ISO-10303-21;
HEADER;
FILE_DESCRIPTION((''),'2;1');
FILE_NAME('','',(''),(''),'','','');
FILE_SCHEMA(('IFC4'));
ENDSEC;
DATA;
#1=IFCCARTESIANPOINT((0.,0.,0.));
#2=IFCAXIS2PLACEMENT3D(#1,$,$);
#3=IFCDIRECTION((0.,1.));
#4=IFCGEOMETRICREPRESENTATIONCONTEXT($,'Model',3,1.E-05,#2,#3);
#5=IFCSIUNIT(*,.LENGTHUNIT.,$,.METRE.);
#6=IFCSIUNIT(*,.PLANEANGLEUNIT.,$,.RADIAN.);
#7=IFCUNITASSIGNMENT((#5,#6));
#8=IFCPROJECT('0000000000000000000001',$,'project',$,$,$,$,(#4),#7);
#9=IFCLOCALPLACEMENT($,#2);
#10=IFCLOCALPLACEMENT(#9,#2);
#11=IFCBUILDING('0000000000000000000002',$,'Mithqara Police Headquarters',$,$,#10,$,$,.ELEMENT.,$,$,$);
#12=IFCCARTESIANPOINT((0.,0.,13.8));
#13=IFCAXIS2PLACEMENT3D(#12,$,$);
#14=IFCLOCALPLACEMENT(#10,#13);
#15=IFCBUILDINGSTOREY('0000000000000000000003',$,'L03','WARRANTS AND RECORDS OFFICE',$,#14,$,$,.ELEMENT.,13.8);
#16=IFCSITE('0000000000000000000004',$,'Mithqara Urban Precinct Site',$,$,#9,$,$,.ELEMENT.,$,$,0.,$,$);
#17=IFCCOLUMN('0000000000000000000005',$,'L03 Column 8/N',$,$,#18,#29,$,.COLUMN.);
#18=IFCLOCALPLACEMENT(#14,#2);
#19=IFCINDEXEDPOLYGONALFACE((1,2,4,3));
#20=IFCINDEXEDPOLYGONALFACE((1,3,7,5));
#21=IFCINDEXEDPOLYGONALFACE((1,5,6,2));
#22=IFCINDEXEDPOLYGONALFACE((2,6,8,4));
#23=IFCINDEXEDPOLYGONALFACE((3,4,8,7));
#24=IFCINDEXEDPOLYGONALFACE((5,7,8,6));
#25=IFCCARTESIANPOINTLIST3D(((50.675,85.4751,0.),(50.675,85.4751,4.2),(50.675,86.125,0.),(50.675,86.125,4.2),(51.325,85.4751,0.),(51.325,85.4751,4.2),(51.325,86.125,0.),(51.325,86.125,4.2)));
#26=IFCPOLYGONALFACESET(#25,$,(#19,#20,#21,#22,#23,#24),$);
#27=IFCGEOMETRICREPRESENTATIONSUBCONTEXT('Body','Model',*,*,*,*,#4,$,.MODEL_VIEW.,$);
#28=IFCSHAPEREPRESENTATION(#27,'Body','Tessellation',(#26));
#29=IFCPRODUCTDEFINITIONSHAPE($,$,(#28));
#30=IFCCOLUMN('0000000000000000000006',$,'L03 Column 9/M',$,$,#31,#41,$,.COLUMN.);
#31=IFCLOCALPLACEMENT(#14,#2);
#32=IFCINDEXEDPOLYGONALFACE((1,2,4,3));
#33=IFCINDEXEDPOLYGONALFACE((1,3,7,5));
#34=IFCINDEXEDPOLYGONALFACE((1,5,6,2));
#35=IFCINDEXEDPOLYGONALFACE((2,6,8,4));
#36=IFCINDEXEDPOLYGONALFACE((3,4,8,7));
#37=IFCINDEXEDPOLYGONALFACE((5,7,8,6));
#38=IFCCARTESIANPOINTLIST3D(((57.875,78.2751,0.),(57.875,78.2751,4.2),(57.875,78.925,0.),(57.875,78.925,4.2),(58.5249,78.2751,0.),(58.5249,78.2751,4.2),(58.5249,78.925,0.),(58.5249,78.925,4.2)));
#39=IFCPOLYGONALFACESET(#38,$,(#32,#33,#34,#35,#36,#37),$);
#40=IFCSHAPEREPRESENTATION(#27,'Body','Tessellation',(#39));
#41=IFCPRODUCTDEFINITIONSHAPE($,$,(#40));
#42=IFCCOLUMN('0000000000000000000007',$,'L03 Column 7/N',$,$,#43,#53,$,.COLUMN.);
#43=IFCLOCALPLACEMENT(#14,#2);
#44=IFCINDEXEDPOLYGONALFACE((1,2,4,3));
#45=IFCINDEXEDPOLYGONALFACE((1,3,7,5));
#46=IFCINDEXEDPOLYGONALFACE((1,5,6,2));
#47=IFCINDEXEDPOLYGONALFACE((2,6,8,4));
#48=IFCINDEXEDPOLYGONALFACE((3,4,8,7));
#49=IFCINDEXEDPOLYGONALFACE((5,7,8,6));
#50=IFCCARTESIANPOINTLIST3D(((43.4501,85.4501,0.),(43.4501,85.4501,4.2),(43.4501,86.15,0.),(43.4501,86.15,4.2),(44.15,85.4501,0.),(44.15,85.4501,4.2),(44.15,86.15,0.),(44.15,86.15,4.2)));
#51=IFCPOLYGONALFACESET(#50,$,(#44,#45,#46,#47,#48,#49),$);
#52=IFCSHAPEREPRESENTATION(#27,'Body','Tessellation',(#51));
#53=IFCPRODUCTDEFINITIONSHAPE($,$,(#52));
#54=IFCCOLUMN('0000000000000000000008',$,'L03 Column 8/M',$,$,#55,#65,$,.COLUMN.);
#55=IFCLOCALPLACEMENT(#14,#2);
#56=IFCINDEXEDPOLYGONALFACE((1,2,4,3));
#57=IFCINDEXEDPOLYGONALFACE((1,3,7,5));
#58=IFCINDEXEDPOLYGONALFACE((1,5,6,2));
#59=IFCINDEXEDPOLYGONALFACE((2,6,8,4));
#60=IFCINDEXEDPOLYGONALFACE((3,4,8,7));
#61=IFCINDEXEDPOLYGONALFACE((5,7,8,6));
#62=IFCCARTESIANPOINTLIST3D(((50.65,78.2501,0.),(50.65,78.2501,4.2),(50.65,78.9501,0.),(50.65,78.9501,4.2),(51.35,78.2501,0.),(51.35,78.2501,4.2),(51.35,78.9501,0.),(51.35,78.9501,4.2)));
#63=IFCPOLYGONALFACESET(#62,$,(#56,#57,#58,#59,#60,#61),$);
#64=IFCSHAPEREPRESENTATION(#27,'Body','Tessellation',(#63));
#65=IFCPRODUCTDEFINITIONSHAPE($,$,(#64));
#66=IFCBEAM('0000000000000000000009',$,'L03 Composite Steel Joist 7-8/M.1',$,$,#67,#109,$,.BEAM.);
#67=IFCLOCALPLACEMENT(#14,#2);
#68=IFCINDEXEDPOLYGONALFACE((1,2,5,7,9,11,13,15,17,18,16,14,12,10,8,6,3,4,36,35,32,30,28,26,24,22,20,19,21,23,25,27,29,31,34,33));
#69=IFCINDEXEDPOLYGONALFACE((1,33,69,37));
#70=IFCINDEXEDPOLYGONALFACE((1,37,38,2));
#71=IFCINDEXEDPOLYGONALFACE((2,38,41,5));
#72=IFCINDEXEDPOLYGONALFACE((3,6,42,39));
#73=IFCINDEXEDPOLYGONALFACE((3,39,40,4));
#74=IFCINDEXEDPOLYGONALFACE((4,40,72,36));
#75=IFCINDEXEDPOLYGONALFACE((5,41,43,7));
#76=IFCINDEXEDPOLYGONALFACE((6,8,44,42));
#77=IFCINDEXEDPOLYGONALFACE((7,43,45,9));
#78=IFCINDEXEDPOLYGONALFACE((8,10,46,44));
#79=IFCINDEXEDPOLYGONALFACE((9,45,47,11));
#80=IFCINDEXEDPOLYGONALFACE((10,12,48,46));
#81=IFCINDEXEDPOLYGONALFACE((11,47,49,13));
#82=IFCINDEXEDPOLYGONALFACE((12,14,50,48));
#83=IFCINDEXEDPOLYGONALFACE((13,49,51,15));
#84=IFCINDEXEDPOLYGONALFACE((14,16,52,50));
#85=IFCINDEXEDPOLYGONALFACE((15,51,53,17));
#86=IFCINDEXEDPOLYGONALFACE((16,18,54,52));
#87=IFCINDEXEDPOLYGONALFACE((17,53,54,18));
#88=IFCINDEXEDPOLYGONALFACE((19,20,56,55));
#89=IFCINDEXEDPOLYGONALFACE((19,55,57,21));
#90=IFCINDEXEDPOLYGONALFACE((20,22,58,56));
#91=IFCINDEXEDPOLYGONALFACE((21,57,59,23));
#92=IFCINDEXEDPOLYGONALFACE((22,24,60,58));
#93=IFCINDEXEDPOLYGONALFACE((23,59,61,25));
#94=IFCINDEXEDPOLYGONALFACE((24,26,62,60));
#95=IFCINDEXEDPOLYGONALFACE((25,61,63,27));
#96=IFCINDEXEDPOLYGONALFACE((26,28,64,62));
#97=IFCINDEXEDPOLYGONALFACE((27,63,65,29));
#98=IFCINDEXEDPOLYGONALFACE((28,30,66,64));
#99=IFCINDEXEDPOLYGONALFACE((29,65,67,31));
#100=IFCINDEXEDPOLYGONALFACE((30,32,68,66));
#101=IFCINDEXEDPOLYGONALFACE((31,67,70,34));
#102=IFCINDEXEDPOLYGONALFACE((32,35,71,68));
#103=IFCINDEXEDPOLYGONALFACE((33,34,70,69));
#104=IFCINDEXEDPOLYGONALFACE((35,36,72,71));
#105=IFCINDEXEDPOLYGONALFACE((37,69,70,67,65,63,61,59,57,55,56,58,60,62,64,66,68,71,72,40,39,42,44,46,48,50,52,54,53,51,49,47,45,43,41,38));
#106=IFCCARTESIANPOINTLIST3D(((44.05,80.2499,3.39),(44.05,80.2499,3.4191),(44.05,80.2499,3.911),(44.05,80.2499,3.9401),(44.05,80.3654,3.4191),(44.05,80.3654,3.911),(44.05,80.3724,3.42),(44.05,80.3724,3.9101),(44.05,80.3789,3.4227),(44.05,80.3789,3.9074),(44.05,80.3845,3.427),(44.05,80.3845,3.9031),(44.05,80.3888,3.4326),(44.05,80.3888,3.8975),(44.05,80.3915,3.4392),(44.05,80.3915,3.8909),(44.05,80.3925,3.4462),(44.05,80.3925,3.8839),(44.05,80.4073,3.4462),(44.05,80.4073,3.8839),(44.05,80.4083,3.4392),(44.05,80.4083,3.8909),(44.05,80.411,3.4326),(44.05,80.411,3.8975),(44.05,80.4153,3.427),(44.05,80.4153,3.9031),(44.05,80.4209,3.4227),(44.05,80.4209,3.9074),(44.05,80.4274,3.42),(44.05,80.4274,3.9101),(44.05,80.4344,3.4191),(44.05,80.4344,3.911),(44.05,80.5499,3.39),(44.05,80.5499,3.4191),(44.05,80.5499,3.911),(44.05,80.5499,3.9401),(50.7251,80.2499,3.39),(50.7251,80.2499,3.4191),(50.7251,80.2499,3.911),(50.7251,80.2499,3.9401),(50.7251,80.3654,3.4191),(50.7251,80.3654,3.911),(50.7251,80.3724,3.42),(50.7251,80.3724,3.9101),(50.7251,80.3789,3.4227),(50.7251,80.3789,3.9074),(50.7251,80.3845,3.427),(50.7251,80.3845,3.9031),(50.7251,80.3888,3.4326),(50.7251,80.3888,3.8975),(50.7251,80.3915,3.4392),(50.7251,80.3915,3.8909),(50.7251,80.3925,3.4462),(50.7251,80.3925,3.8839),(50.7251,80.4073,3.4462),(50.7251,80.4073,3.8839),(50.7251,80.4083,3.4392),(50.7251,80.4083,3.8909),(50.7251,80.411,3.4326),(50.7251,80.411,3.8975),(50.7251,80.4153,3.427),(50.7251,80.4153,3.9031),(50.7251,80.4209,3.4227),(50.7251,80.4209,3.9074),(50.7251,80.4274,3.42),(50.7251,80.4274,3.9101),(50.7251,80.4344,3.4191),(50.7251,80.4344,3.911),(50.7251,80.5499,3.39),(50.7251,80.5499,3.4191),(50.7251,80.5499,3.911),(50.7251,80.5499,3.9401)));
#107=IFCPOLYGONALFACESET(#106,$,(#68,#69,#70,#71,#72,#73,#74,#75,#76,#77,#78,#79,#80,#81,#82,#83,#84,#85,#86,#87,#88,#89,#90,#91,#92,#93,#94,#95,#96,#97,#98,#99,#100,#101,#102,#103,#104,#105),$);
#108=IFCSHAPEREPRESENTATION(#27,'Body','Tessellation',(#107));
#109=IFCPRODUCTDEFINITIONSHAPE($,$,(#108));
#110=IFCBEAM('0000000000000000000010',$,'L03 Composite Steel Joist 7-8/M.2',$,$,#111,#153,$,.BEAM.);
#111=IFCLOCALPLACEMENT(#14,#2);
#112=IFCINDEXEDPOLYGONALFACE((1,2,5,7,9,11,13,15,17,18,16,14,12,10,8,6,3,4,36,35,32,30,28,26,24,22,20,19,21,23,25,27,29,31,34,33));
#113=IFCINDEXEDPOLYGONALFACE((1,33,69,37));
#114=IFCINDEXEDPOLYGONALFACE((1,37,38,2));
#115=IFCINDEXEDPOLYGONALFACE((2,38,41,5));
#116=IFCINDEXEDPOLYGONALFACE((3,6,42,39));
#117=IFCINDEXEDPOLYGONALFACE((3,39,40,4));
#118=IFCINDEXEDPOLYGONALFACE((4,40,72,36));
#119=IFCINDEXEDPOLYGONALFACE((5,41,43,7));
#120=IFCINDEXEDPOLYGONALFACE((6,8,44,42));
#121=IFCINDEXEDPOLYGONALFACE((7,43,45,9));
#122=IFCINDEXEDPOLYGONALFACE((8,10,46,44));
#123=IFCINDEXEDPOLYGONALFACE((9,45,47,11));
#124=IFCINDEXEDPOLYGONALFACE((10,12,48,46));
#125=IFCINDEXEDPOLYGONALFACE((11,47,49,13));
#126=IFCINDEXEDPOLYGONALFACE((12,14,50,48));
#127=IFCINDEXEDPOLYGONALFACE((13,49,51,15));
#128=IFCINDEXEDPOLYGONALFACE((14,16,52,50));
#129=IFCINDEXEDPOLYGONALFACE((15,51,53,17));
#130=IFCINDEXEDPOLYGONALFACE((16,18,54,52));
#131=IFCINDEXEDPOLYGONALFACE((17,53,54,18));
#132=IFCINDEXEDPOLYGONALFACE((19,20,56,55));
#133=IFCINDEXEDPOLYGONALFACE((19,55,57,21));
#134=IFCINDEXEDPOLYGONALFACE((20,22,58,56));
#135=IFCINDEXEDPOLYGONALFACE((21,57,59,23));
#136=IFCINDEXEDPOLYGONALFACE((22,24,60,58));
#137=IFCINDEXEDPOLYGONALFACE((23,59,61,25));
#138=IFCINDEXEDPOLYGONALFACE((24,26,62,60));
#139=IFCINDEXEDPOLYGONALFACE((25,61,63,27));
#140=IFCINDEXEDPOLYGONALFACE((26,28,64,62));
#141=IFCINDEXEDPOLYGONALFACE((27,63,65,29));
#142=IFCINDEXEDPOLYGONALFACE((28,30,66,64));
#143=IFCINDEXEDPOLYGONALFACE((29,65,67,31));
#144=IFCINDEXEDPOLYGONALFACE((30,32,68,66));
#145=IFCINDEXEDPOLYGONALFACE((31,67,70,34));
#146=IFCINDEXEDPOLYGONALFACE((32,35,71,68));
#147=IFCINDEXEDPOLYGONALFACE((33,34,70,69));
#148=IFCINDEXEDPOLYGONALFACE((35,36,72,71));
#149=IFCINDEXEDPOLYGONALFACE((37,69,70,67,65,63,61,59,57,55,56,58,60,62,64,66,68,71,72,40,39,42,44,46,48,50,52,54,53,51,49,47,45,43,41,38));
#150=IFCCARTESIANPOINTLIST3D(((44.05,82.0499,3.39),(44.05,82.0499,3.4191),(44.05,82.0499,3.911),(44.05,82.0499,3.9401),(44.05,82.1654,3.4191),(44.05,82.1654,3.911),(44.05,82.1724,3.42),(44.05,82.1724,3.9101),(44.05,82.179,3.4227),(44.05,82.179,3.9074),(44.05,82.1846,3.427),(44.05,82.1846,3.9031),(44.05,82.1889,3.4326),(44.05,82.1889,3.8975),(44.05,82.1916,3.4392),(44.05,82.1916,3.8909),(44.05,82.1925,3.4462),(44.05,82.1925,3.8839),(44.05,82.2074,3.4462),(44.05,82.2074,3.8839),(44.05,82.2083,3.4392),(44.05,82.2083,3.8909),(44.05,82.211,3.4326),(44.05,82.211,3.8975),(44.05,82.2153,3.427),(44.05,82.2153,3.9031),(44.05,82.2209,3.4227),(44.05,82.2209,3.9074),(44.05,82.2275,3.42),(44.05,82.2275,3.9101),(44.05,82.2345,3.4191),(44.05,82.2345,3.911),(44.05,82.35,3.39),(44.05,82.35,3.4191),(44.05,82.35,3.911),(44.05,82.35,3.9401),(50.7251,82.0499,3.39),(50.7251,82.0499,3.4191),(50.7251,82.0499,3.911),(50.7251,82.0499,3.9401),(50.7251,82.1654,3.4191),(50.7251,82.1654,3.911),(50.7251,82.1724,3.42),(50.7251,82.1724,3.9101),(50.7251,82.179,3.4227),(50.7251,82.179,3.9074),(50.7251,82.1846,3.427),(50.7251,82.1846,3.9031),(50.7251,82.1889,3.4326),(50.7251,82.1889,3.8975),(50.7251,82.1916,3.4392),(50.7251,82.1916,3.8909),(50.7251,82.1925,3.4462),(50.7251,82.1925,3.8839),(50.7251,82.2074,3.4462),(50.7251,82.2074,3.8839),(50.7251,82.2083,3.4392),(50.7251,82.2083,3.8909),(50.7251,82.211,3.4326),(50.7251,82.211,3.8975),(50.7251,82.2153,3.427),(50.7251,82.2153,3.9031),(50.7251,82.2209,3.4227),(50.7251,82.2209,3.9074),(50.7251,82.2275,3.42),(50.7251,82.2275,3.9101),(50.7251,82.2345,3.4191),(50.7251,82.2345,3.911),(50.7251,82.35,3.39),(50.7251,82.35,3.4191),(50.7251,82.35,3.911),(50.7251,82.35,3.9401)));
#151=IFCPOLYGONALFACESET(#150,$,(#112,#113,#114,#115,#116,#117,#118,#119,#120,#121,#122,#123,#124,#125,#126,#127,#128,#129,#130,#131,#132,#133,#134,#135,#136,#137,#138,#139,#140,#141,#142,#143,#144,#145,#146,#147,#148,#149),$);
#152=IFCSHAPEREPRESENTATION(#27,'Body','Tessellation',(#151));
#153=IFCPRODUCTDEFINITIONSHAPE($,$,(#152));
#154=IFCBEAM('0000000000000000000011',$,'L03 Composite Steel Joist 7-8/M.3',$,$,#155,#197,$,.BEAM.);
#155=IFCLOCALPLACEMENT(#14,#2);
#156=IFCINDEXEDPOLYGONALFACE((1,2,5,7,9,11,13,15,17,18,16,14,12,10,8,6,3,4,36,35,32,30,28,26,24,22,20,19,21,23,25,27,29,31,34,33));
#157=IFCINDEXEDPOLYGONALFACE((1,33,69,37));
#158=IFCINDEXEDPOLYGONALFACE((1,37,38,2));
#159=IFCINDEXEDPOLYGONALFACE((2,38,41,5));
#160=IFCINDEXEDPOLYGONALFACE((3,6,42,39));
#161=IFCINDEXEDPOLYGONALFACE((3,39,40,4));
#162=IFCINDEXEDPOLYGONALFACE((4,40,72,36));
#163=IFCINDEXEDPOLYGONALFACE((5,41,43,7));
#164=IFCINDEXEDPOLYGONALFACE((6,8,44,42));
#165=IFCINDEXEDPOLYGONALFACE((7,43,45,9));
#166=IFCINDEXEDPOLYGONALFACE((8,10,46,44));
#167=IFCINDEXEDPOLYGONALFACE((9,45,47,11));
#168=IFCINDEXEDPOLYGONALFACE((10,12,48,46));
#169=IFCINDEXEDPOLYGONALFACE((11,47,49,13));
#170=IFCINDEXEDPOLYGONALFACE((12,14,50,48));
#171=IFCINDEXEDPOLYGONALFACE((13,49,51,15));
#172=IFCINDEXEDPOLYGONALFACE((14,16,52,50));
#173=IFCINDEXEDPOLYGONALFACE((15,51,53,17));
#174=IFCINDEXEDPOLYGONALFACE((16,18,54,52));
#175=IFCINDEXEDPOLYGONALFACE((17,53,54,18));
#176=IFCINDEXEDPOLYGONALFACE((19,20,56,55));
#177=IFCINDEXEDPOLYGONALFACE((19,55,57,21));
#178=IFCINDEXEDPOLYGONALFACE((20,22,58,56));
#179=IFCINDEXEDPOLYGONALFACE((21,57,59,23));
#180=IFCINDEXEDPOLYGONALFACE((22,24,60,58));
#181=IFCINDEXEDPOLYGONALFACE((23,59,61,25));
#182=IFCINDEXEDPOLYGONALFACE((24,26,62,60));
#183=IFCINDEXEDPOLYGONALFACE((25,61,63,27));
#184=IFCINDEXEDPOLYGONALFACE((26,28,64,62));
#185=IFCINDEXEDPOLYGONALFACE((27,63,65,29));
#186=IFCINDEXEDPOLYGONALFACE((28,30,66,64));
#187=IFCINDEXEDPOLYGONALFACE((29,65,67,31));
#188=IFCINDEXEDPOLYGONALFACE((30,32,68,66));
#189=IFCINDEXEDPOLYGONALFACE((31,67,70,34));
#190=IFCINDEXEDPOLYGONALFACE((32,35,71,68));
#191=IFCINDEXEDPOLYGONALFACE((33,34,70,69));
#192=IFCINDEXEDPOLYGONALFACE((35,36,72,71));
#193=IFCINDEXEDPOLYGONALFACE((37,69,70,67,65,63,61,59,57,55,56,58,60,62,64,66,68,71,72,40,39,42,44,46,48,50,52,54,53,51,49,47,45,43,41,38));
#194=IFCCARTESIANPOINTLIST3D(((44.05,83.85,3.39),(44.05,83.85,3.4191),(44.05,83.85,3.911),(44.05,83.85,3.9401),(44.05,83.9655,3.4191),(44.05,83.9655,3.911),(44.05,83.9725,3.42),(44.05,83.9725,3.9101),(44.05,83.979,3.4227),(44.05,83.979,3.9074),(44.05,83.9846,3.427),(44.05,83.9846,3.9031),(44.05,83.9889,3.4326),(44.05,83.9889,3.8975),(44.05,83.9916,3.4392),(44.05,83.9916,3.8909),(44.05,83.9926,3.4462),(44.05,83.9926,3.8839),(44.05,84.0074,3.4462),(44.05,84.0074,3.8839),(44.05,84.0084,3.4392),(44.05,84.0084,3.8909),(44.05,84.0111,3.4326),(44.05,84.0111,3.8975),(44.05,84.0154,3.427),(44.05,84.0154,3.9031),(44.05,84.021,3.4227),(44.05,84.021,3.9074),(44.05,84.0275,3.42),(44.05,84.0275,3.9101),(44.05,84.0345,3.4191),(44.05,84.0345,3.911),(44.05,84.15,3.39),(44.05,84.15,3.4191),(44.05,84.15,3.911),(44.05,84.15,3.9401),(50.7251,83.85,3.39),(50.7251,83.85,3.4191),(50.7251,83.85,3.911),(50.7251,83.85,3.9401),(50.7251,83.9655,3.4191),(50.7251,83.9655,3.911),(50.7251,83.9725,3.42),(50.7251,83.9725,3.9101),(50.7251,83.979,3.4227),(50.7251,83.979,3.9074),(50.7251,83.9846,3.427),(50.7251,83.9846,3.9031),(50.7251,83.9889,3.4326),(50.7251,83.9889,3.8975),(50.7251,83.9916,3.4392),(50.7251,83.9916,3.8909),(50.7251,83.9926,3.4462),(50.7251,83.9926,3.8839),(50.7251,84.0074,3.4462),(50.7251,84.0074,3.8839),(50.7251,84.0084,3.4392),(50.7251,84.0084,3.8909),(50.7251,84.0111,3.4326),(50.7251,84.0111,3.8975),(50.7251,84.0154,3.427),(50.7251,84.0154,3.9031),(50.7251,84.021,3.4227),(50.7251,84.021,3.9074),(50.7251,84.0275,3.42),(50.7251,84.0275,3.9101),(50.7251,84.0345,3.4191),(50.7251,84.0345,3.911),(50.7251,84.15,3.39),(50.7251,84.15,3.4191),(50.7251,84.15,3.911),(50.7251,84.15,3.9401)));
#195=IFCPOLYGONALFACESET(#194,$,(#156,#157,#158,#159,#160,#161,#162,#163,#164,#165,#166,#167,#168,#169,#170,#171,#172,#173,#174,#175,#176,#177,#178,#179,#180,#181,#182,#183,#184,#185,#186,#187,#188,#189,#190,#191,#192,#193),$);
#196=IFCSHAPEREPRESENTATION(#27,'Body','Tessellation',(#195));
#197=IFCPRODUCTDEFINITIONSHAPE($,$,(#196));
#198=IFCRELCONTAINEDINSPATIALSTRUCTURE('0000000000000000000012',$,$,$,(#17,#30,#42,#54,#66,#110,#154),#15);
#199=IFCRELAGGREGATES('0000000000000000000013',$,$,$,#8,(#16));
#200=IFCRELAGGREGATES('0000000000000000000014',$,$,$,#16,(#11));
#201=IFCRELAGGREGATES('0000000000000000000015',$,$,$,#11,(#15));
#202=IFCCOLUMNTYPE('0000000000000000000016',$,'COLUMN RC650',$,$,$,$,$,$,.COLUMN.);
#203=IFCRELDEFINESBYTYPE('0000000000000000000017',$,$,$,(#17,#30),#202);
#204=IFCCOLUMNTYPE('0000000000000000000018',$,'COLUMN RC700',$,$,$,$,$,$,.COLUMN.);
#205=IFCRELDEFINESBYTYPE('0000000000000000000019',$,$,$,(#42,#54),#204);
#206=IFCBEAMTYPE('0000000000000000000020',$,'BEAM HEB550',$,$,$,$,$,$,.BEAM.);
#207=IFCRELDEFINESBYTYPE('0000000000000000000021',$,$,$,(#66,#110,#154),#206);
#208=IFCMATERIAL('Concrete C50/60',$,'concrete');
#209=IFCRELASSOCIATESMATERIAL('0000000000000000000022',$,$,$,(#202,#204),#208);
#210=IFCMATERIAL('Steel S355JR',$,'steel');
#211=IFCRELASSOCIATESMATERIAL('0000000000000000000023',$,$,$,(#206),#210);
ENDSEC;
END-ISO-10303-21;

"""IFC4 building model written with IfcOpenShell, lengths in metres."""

from ifc_helpers import new_model, si_unit, direction, frame, origin, origin_2d, place, context, subcontext, project, spatial, rectangle, i_section, extrude, material, material_profile, profile_set, type_object, element, save


model = new_model("IFC4")

# Units and contexts
model_context = context("Model", 3, precision=1e-05, world=origin(), true_north=direction((0.0, 1.0)))
body_context = subcontext(model_context, "Body", "Model", "MODEL_VIEW")
ifc_project = project(units=[si_unit("LENGTHUNIT", "METRE"), si_unit("PLANEANGLEUNIT", "RADIAN")], contexts=[model_context])

# Site, building, storey
site_placement = place(None, origin())
site = spatial("IfcSite", under=ifc_project, at=site_placement, Name="Mithqara Urban Precinct Site", CompositionType="ELEMENT", RefElevation=0.0)
building_placement = place(site_placement, origin())
building = spatial("IfcBuilding", under=site, at=building_placement, Name="Mithqara Police Headquarters", CompositionType="ELEMENT")
storey_placement = place(building_placement, frame((0.0, 0.0, 13.8)))
storey = spatial("IfcBuildingStorey", under=building, at=storey_placement, Name="L03", Description="WARRANTS AND RECORDS OFFICE", CompositionType="ELEMENT", Elevation=13.8)

# Columns
ifc_material_1 = material(Name="Concrete C50/60", Category="concrete")
ifc_material_profile_1 = material_profile(ifc_material_1, rectangle(XDim=0.6499, YDim=0.6499, at=origin_2d()), Name="RC 650x650")
ifc_profile_set_1 = profile_set([ifc_material_profile_1], Name="Concrete C50/60")
column_type_1 = type_object("IfcColumnType", Name="COLUMN RC650", PredefinedType="COLUMN", material=ifc_profile_set_1)
for number, where, z_axis, x_axis, name in (
    (1, (51.0, 85.8, 0.0), (0.0, 0.0, 1.0), (1.0, 0.0, 0.0), "L03 Column 8/N"),
    (2, (58.2, 78.6001, 0.0), (0.0, 0.0, 1.0), (1.0, 0.0, 0.0), "L03 Column 9/M"),
):
    element("IfcColumn", number, at=place(storey_placement, frame(where, z_axis=z_axis, x_axis=x_axis)), inside=storey, type_object=column_type_1, Name=name, PredefinedType="COLUMN", context=body_context, shape_type="SweptSolid", body=[
        extrude(rectangle(XDim=0.6499, YDim=0.6499, at=origin_2d()), origin(), (0.0, 0.0, 1.0), 4.2),
    ])
ifc_material_profile_2 = material_profile(ifc_material_1, rectangle(XDim=0.7, YDim=0.7, at=origin_2d()), Name="RC 700x700")
ifc_profile_set_2 = profile_set([ifc_material_profile_2], Name="Concrete C50/60")
column_type_2 = type_object("IfcColumnType", Name="COLUMN RC700", PredefinedType="COLUMN", material=ifc_profile_set_2)
for number, where, z_axis, x_axis, name in (
    (3, (43.8, 85.8, 0.0), (0.0, 0.0, 1.0), (1.0, 0.0, 0.0), "L03 Column 7/N"),
    (4, (51.0, 78.6001, 0.0), (0.0, 0.0, 1.0), (1.0, 0.0, 0.0), "L03 Column 8/M"),
):
    element("IfcColumn", number, at=place(storey_placement, frame(where, z_axis=z_axis, x_axis=x_axis)), inside=storey, type_object=column_type_2, Name=name, PredefinedType="COLUMN", context=body_context, shape_type="SweptSolid", body=[
        extrude(rectangle(XDim=0.7, YDim=0.7, at=origin_2d()), origin(), (0.0, 0.0, 1.0), 4.2),
    ])

# Beams
ifc_material_2 = material(Name="Steel S355JR", Category="steel")
ifc_material_profile_3 = material_profile(ifc_material_2, i_section(OverallWidth=0.3, OverallDepth=0.55, WebThickness=0.0149, FlangeThickness=0.0291, FilletRadius=0.0271, at=origin_2d()), Name="HEB 550")
ifc_profile_set_3 = profile_set([ifc_material_profile_3], Name="Steel S355JR")
beam_type_1 = type_object("IfcBeamType", Name="BEAM HEB550", PredefinedType="BEAM", material=ifc_profile_set_3)
for number, where, z_axis, x_axis, name in (
    (5, (44.05, 80.3999, 3.665), (1.0, 0.0, 0.0), (0.0, 1.0, 0.0), "L03 Composite Steel Joist 7-8/M.1"),
    (6, (44.05, 82.2, 3.665), (1.0, 0.0, 0.0), (0.0, 1.0, 0.0), "L03 Composite Steel Joist 7-8/M.2"),
    (7, (44.05, 84.0, 3.665), (1.0, 0.0, 0.0), (0.0, 1.0, 0.0), "L03 Composite Steel Joist 7-8/M.3"),
):
    element("IfcBeam", number, at=place(storey_placement, frame(where, z_axis=z_axis, x_axis=x_axis)), inside=storey, type_object=beam_type_1, Name=name, PredefinedType="BEAM", context=body_context, shape_type="SweptSolid", body=[
        extrude(i_section(OverallWidth=0.3, OverallDepth=0.55, WebThickness=0.0149, FlangeThickness=0.0291, FilletRadius=0.0271, at=origin_2d()), origin(), (0.0, 0.0, 1.0), 6.675),
    ])

save(model, "model.ifc")
